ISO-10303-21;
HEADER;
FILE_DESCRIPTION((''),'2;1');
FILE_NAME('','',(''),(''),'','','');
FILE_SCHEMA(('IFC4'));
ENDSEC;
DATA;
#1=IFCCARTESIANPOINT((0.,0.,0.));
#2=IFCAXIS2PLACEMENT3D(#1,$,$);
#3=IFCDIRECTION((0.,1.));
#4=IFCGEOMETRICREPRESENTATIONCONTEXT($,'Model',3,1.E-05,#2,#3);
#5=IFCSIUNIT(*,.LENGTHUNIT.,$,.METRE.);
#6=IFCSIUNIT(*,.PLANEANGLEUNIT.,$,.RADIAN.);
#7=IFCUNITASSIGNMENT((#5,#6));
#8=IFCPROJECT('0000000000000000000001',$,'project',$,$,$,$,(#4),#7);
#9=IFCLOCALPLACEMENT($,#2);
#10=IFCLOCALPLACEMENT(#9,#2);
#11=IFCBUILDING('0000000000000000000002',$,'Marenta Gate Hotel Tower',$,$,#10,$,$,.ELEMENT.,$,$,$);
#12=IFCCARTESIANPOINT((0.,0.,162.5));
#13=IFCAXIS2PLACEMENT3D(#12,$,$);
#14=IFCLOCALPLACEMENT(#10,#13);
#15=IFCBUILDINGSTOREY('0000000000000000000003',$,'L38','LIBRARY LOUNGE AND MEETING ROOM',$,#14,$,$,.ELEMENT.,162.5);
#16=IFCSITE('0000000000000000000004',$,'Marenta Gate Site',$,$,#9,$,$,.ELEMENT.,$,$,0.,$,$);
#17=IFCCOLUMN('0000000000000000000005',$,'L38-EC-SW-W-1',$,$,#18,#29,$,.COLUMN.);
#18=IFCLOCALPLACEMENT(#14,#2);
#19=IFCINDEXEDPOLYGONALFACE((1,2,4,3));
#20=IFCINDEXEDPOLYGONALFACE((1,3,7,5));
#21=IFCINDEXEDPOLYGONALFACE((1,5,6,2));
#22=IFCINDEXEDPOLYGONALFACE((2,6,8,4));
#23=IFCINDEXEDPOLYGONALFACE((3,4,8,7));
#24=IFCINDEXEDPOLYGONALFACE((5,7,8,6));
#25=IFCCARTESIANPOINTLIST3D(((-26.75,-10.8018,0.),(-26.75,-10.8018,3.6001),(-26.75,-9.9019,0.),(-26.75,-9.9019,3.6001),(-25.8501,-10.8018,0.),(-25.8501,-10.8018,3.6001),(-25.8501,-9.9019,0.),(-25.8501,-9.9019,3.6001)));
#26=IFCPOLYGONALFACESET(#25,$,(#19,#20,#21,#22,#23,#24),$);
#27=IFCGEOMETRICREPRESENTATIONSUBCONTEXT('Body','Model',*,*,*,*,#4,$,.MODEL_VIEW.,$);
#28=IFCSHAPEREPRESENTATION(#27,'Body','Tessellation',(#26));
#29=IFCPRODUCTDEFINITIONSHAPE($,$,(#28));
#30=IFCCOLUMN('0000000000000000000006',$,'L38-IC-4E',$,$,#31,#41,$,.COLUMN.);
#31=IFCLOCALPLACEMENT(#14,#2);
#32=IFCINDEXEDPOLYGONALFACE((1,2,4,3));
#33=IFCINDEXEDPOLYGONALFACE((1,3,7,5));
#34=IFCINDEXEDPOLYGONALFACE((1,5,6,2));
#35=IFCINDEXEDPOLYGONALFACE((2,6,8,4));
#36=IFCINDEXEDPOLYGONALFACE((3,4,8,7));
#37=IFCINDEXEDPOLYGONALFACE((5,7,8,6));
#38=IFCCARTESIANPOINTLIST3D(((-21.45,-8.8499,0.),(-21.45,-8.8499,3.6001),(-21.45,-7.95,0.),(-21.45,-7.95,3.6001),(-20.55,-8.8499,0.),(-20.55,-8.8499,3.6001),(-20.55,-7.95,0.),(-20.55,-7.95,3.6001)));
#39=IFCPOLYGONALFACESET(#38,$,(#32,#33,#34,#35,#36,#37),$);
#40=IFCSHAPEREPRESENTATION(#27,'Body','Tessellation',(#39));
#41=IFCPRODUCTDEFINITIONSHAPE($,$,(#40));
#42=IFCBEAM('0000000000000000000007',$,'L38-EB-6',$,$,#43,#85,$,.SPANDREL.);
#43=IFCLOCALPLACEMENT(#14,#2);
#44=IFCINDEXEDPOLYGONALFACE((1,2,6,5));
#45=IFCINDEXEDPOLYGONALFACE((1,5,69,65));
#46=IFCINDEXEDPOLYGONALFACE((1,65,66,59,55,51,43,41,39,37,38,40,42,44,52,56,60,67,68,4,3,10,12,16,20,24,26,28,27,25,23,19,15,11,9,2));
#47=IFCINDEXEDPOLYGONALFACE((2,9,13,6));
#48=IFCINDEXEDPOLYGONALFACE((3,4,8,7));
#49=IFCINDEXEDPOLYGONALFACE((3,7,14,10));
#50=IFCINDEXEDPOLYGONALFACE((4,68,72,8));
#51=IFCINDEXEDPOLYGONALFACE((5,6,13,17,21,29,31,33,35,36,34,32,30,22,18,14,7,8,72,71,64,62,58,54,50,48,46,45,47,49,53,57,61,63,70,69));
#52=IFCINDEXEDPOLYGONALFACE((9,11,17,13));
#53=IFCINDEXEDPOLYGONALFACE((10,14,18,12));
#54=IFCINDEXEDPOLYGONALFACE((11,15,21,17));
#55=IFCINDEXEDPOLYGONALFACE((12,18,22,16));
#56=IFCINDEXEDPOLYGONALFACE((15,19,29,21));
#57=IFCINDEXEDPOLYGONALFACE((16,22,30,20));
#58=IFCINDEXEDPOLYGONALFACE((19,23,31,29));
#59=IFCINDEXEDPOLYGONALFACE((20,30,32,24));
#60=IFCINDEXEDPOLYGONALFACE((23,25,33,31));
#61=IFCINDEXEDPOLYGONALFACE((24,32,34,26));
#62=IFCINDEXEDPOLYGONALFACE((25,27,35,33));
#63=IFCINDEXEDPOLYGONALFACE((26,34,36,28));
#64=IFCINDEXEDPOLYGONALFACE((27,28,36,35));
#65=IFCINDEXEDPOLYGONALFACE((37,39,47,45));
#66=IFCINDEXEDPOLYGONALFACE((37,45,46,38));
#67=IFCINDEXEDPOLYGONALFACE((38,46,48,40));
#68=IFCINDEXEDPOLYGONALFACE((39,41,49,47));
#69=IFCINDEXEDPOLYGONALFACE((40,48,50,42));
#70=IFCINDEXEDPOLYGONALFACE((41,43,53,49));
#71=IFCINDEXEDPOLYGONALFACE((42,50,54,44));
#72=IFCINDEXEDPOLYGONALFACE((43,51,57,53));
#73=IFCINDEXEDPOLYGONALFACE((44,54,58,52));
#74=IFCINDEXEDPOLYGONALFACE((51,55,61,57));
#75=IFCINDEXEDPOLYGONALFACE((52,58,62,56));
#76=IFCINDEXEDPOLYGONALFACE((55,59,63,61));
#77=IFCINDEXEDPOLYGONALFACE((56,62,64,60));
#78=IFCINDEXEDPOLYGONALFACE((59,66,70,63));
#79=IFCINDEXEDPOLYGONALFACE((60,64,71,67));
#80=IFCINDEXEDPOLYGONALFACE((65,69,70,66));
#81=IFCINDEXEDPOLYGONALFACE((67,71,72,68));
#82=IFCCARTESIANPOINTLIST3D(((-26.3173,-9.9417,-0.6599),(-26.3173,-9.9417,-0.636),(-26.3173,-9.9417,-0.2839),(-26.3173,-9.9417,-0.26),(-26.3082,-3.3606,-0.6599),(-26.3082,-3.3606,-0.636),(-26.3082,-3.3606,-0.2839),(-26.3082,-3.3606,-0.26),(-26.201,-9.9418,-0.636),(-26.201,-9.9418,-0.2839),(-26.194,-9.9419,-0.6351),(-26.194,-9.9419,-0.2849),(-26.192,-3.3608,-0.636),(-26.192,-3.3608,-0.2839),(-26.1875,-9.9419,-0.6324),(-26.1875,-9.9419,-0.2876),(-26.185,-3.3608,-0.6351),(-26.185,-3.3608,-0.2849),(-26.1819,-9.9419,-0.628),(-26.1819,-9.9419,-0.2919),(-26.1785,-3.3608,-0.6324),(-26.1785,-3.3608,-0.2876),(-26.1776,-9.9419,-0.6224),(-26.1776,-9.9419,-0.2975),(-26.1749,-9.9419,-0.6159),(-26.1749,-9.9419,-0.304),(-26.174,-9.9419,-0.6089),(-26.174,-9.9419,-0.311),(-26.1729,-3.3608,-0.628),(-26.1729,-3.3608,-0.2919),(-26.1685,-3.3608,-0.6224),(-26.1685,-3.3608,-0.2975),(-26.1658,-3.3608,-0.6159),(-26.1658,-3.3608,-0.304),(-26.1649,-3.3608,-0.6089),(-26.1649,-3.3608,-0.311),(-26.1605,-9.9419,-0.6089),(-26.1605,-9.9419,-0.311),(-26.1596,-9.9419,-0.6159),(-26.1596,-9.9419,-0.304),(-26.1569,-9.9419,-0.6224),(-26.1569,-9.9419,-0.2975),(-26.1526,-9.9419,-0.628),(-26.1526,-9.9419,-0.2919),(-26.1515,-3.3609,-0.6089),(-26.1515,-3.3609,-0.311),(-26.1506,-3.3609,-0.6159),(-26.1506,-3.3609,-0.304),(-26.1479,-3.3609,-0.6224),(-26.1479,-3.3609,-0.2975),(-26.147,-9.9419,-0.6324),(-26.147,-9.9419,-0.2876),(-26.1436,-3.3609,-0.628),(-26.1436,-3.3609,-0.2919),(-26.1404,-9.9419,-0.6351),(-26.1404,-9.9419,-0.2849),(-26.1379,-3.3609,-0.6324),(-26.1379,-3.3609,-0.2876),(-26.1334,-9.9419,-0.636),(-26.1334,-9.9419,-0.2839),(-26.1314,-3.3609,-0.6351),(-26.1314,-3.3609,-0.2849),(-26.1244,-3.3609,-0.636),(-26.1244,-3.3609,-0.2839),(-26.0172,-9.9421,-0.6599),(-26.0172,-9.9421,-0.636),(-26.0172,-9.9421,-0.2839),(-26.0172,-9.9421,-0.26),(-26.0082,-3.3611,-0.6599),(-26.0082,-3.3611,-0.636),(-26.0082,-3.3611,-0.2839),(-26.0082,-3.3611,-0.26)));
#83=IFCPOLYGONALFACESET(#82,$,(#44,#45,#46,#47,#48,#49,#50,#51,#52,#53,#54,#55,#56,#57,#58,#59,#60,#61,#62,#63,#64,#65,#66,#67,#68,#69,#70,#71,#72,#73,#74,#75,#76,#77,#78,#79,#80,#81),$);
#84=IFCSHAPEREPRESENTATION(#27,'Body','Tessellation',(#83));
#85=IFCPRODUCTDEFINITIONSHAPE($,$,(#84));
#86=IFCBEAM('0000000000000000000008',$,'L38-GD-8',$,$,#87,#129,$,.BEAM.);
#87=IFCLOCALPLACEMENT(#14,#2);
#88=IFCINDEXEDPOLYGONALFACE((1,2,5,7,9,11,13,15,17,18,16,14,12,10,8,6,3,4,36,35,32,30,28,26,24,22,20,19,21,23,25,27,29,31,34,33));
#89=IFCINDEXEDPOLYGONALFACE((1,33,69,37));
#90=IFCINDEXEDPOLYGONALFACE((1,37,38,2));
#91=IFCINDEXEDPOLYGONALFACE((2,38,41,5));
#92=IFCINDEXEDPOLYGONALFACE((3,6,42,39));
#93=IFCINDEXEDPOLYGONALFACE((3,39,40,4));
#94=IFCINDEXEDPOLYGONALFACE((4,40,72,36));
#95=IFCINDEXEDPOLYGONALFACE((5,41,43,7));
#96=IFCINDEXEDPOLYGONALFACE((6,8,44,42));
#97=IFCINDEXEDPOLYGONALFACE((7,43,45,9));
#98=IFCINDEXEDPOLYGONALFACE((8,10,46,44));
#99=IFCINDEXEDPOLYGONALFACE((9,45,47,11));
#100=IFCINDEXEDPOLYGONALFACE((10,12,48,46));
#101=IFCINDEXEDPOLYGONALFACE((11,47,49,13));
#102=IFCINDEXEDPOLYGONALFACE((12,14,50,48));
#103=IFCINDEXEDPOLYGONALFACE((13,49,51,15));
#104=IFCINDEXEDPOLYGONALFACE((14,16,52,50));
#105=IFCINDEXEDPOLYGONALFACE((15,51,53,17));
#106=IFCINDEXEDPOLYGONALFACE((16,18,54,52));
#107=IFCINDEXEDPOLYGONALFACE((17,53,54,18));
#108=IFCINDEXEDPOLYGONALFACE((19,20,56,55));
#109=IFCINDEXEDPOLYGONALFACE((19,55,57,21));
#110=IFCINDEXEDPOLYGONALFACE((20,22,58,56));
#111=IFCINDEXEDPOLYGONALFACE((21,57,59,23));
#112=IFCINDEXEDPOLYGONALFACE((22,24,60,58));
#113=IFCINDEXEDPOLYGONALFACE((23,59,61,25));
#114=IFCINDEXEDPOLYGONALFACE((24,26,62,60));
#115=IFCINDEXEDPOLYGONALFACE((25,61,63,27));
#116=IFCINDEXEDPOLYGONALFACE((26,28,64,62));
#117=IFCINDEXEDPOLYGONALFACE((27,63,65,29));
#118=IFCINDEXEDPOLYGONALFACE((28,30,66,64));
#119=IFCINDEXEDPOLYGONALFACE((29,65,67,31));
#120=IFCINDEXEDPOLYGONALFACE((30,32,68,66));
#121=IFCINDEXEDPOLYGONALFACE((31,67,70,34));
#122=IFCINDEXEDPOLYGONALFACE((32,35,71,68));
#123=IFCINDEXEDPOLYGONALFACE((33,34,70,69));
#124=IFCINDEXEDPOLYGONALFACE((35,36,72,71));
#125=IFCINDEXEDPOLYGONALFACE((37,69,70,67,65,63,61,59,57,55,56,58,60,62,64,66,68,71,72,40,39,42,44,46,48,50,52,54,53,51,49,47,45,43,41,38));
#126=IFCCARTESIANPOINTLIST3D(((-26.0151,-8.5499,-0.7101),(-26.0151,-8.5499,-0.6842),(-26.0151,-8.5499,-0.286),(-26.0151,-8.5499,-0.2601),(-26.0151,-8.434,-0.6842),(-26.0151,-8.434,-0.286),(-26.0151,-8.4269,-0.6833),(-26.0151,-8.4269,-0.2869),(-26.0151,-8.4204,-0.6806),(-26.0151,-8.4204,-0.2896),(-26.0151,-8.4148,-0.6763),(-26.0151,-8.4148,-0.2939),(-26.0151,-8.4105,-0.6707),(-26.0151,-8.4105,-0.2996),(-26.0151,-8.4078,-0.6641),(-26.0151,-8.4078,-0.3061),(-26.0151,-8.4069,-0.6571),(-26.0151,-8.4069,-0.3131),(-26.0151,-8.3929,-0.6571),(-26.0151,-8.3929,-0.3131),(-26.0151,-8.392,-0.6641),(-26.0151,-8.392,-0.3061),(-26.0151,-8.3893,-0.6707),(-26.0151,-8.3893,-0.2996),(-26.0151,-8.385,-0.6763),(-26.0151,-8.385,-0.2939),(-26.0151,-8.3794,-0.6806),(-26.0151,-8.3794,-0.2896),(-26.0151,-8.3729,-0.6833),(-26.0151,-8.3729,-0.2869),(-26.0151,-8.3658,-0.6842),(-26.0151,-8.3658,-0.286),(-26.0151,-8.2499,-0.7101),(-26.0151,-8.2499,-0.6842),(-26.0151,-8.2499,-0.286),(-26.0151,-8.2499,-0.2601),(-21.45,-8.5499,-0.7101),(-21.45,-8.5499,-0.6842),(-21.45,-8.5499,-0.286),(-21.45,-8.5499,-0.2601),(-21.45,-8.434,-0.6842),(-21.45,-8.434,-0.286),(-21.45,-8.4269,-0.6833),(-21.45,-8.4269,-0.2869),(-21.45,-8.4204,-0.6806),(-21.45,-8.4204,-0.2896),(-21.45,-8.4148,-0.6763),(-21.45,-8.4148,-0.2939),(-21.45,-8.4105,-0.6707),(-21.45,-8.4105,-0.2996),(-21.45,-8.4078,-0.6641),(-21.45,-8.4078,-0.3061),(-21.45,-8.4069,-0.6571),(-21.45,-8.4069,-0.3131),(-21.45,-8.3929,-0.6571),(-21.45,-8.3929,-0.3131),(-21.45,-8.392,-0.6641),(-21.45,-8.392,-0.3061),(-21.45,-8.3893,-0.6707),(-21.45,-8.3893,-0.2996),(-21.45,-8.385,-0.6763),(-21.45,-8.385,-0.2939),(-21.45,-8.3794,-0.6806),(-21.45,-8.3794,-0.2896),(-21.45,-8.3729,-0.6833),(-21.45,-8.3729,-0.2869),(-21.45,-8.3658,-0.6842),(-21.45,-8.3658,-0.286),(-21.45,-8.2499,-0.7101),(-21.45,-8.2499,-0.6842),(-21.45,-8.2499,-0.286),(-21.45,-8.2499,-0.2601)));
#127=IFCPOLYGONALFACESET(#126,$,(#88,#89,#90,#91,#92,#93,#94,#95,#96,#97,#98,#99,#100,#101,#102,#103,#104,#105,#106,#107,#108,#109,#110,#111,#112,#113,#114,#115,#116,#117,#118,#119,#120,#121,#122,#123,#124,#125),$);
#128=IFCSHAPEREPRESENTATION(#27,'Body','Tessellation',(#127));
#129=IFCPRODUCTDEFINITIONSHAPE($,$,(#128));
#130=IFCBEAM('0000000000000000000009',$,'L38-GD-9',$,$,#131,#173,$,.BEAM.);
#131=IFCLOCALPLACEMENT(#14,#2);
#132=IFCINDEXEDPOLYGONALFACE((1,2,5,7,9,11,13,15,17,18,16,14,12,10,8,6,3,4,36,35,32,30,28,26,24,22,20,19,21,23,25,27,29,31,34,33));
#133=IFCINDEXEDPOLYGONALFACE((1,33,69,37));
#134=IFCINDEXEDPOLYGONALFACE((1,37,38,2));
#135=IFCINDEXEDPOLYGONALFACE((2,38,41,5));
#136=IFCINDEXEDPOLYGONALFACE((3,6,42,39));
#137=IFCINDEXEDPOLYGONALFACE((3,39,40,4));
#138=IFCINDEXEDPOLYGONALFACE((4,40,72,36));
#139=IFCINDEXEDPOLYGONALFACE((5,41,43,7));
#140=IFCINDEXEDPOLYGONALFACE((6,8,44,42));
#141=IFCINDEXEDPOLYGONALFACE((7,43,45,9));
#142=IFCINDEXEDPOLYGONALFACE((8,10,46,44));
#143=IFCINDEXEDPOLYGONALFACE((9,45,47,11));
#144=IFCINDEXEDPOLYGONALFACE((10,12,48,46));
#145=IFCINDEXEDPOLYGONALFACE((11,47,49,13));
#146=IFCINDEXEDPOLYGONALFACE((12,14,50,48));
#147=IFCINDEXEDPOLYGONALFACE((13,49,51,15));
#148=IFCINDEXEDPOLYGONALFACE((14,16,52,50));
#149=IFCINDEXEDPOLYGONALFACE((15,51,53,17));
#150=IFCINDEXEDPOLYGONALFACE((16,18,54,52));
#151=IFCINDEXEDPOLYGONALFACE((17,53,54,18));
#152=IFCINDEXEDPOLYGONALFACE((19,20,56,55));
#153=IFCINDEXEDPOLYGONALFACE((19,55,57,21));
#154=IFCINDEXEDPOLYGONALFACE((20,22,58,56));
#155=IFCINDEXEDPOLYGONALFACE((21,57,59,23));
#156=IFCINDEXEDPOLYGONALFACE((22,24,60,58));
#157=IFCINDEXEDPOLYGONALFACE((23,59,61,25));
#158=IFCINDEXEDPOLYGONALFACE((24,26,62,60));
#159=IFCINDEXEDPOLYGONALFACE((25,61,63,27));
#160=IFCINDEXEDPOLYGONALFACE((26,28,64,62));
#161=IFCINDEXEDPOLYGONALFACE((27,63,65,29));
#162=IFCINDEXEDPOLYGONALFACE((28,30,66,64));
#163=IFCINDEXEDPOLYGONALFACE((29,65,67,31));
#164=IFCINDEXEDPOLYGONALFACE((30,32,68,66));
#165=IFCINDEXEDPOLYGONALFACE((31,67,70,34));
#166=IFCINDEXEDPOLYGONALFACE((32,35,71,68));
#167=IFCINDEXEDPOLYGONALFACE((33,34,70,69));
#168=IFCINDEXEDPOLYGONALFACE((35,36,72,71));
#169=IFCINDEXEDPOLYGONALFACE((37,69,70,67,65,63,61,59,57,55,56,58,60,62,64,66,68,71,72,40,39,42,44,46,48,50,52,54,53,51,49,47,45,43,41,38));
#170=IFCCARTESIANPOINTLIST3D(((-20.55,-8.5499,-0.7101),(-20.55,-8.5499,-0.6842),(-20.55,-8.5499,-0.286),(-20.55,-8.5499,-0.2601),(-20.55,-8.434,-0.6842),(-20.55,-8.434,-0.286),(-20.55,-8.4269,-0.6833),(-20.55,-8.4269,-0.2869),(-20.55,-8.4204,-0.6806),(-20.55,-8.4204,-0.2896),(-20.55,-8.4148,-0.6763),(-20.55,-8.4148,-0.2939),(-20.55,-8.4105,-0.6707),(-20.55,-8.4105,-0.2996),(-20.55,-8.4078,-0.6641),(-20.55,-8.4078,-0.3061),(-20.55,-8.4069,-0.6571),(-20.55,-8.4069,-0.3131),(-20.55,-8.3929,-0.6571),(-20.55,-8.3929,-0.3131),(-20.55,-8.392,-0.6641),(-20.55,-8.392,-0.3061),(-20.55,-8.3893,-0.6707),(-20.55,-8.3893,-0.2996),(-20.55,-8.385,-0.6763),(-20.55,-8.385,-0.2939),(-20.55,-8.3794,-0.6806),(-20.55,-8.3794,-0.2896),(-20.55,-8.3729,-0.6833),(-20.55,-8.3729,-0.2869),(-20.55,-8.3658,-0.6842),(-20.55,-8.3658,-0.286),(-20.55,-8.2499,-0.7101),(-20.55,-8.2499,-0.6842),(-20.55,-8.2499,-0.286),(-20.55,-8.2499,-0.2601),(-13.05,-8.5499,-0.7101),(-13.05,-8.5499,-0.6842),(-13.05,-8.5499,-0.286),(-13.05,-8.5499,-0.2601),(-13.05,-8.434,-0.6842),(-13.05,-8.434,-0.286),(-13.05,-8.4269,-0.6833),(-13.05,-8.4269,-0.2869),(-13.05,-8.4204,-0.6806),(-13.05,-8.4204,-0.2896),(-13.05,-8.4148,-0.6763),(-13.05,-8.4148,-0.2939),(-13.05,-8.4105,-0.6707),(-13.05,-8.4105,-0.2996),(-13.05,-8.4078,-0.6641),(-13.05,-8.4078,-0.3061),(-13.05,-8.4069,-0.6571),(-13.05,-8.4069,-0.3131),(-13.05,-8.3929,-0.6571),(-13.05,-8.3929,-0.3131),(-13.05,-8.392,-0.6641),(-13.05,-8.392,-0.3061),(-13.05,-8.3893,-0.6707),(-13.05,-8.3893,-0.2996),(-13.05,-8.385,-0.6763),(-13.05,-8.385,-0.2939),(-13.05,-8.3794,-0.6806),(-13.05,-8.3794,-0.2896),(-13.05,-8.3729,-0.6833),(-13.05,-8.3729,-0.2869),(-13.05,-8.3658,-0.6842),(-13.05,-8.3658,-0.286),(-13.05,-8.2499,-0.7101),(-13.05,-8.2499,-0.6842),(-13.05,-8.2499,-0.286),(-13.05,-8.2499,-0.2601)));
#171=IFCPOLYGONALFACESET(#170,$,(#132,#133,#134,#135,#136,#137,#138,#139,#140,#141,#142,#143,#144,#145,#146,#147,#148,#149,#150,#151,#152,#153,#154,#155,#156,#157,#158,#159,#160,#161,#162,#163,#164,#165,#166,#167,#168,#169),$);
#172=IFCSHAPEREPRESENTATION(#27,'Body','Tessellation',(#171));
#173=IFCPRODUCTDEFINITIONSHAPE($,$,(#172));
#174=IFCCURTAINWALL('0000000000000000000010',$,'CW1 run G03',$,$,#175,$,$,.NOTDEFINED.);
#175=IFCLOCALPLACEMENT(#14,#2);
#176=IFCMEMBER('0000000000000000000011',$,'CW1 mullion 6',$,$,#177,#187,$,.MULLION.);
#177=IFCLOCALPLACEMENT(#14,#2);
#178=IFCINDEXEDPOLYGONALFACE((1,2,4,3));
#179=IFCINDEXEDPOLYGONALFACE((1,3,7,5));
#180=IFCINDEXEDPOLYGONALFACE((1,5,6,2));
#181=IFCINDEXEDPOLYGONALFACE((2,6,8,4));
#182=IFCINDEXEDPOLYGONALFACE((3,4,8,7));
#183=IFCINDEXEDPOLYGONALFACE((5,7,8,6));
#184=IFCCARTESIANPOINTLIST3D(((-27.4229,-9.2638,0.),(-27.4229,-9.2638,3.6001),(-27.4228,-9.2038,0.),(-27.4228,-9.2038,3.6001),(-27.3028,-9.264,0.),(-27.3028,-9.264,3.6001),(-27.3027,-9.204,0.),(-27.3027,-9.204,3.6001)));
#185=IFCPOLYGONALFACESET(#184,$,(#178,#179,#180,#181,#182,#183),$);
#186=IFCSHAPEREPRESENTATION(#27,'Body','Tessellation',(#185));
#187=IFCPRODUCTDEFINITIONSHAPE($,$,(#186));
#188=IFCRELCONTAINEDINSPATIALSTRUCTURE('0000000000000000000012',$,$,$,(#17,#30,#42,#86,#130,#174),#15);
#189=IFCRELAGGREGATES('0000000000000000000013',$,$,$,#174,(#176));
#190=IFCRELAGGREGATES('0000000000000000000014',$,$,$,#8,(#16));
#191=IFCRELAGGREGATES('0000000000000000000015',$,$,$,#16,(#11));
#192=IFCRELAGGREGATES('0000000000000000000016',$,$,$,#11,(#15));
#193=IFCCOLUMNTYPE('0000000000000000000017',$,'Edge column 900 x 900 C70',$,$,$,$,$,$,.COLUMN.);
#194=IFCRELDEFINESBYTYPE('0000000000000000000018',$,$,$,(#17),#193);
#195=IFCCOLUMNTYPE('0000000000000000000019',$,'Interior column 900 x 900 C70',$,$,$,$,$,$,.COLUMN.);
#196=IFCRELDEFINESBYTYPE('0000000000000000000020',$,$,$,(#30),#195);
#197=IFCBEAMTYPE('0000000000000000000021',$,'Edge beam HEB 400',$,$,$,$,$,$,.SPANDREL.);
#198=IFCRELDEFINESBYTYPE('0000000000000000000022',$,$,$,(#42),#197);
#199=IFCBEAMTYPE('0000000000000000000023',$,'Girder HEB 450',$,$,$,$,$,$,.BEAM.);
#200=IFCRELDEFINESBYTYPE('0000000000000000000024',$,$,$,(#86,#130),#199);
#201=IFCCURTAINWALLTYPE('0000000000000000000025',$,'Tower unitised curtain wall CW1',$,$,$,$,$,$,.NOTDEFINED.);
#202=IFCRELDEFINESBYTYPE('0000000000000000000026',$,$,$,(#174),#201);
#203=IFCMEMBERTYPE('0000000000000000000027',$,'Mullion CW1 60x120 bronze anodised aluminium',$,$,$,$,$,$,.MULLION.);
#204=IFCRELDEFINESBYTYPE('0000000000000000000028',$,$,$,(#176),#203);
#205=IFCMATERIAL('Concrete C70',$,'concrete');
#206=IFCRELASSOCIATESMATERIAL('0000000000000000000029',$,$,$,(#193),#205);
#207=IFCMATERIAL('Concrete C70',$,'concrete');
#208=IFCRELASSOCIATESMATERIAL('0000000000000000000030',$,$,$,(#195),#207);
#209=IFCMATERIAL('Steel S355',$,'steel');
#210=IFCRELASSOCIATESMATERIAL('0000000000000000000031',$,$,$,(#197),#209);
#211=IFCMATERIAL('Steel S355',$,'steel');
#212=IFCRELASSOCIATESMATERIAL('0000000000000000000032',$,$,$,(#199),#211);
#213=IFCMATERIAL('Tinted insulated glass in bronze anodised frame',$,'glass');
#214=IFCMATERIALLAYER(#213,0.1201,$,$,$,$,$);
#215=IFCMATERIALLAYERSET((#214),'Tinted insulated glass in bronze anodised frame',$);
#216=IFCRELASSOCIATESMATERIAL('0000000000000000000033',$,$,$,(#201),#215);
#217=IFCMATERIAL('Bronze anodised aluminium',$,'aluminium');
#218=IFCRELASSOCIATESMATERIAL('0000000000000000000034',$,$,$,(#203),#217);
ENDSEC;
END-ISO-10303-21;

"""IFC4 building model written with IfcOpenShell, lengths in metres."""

from ifc_helpers import new_model, si_unit, direction, frame, origin, origin_2d, place, context, subcontext, project, spatial, rectangle, i_section, extrude, material, layer, layer_set, material_profile, profile_set, type_object, element, aggregate, save


model = new_model("IFC4")

# Units and contexts
model_context = context("Model", 3, precision=1e-05, world=origin(), true_north=direction((0.0, 1.0)))
body_context = subcontext(model_context, "Body", "Model", "MODEL_VIEW")
ifc_project = project(units=[si_unit("LENGTHUNIT", "METRE"), si_unit("PLANEANGLEUNIT", "RADIAN")], contexts=[model_context])

# Site, building, storey
site_placement = place(None, origin())
site = spatial("IfcSite", under=ifc_project, at=site_placement, Name="Marenta Gate Site", CompositionType="ELEMENT", RefElevation=0.0)
building_placement = place(site_placement, origin())
building = spatial("IfcBuilding", under=site, at=building_placement, Name="Marenta Gate Hotel Tower", CompositionType="ELEMENT")
storey_placement = place(building_placement, frame((0.0, 0.0, 162.5)))
storey = spatial("IfcBuildingStorey", under=building, at=storey_placement, Name="L38", Description="LIBRARY LOUNGE AND MEETING ROOM", CompositionType="ELEMENT", Elevation=162.5)

# Columns
ifc_material_1 = material(Name="Concrete C70", Category="concrete")
ifc_material_profile_1 = material_profile(ifc_material_1, rectangle(XDim=0.8999, YDim=0.8999, at=origin_2d()), Name="900 x 900")
ifc_profile_set_1 = profile_set([ifc_material_profile_1], Name="Concrete C70")
column_type_1 = type_object("IfcColumnType", Name="Edge column 900 x 900 C70", PredefinedType="COLUMN", material=ifc_profile_set_1)
column_1_placement = place(storey_placement, frame((-26.3, -10.3518, 0.0), z_axis=(0.0, 0.0, 1.0), x_axis=(1.0, 0.0, 0.0)))
element("IfcColumn", 1, at=column_1_placement, inside=storey, type_object=column_type_1, Name="L38-EC-SW-W-1", PredefinedType="COLUMN", context=body_context, shape_type="SweptSolid", body=[
    extrude(rectangle(XDim=0.8999, YDim=0.8999, at=origin_2d()), origin(), (0.0, 0.0, 1.0), 3.6001),
])
ifc_material_2 = material(Name="Concrete C70", Category="concrete")
ifc_material_profile_2 = material_profile(ifc_material_2, rectangle(XDim=0.8999, YDim=0.8999, at=origin_2d()), Name="900 x 900")
ifc_profile_set_2 = profile_set([ifc_material_profile_2], Name="Concrete C70")
column_type_2 = type_object("IfcColumnType", Name="Interior column 900 x 900 C70", PredefinedType="COLUMN", material=ifc_profile_set_2)
column_2_placement = place(storey_placement, frame((-21.0, -8.3999, 0.0), z_axis=(0.0, 0.0, 1.0), x_axis=(1.0, 0.0, 0.0)))
element("IfcColumn", 2, at=column_2_placement, inside=storey, type_object=column_type_2, Name="L38-IC-4E", PredefinedType="COLUMN", context=body_context, shape_type="SweptSolid", body=[
    extrude(rectangle(XDim=0.8999, YDim=0.8999, at=origin_2d()), origin(), (0.0, 0.0, 1.0), 3.6001),
])

# Beams
ifc_material_3 = material(Name="Steel S355", Category="steel")
ifc_material_profile_3 = material_profile(ifc_material_3, i_section(OverallWidth=0.3, OverallDepth=0.3999, WebThickness=0.0134, FlangeThickness=0.0239, FilletRadius=0.0271, at=origin_2d()), Name="HEB 400")
ifc_profile_set_3 = profile_set([ifc_material_profile_3], Name="Steel S355")
beam_type_1 = type_object("IfcBeamType", Name="Edge beam HEB 400", PredefinedType="SPANDREL", material=ifc_profile_set_3)
beam_1_placement = place(storey_placement, frame((-26.1672, -9.9419, -0.46), z_axis=(0.001373, 0.999999, 0.0), x_axis=(-0.999999, 0.001373, 0.0)))
element("IfcBeam", 3, at=beam_1_placement, inside=storey, type_object=beam_type_1, Name="L38-EB-6", PredefinedType="SPANDREL", context=body_context, shape_type="SweptSolid", body=[
    extrude(i_section(OverallWidth=0.3, OverallDepth=0.3999, WebThickness=0.0134, FlangeThickness=0.0239, FilletRadius=0.0271, at=origin_2d()), origin(), (0.0, 0.0, 1.0), 6.5811),
])
ifc_material_4 = material(Name="Steel S355", Category="steel")
ifc_material_profile_4 = material_profile(ifc_material_4, i_section(OverallWidth=0.3, OverallDepth=0.45, WebThickness=0.0139, FlangeThickness=0.0259, FilletRadius=0.0271, at=origin_2d()), Name="HEB 450")
ifc_profile_set_4 = profile_set([ifc_material_profile_4], Name="Steel S355")
beam_type_2 = type_object("IfcBeamType", Name="Girder HEB 450", PredefinedType="BEAM", material=ifc_profile_set_4)
beam_2_placement = place(storey_placement, frame((-26.0151, -8.3999, -0.4851), z_axis=(1.0, 0.0, 0.0), x_axis=(0.0, 1.0, 0.0)))
element("IfcBeam", 4, at=beam_2_placement, inside=storey, type_object=beam_type_2, Name="L38-GD-8", PredefinedType="BEAM", context=body_context, shape_type="SweptSolid", body=[
    extrude(i_section(OverallWidth=0.3, OverallDepth=0.45, WebThickness=0.0139, FlangeThickness=0.0259, FilletRadius=0.0271, at=origin_2d()), origin(), (0.0, 0.0, 1.0), 4.5652),
])
beam_3_placement = place(storey_placement, frame((-20.55, -8.3999, -0.4851), z_axis=(1.0, 0.0, 0.0), x_axis=(0.0, 1.0, 0.0)))
element("IfcBeam", 5, at=beam_3_placement, inside=storey, type_object=beam_type_2, Name="L38-GD-9", PredefinedType="BEAM", context=body_context, shape_type="SweptSolid", body=[
    extrude(i_section(OverallWidth=0.3, OverallDepth=0.45, WebThickness=0.0139, FlangeThickness=0.0259, FilletRadius=0.0271, at=origin_2d()), origin(), (0.0, 0.0, 1.0), 7.5),
])

# Curtain wall, member
ifc_material_5 = material(Name="Tinted insulated glass in bronze anodised frame", Category="glass")
ifc_layer_1 = layer(ifc_material_5, 0.1201)
ifc_layer_set_1 = layer_set([ifc_layer_1], Name="Tinted insulated glass in bronze anodised frame")
curtain_wall_type = type_object("IfcCurtainWallType", Name="Tower unitised curtain wall CW1", PredefinedType="NOTDEFINED", material=ifc_layer_set_1)
curtain_wall_placement = place(storey_placement, origin())
curtain_wall = element("IfcCurtainWall", 6, at=curtain_wall_placement, inside=storey, type_object=curtain_wall_type, Name="CW1 run G03", PredefinedType="NOTDEFINED")
ifc_material_6 = material(Name="Bronze anodised aluminium", Category="aluminium")
ifc_material_profile_5 = material_profile(ifc_material_6, rectangle(XDim=0.1201, YDim=0.0601, at=origin_2d()), Name="Mullion CW1 60x120 bronze anodised aluminium")
ifc_profile_set_5 = profile_set([ifc_material_profile_5], Name="Bronze anodised aluminium")
member_type_1 = type_object("IfcMemberType", Name="Mullion CW1 60x120 bronze anodised aluminium", PredefinedType="MULLION", material=ifc_profile_set_5)
member_1_placement = place(storey_placement, frame((-27.3628, -9.2339, 0.0), z_axis=(0.0, 0.0, 1.0), x_axis=(0.999999, -0.001566, 0.0)))
member_1 = element("IfcMember", 7, at=member_1_placement, type_object=member_type_1, Name="CW1 mullion 6", PredefinedType="MULLION", context=body_context, shape_type="SweptSolid", body=[
    extrude(rectangle(XDim=0.1201, YDim=0.0601, at=origin_2d()), origin(), (0.0, 0.0, 1.0), 3.6001),
])
aggregate(curtain_wall, [member_1])

save(model, "model.ifc")
